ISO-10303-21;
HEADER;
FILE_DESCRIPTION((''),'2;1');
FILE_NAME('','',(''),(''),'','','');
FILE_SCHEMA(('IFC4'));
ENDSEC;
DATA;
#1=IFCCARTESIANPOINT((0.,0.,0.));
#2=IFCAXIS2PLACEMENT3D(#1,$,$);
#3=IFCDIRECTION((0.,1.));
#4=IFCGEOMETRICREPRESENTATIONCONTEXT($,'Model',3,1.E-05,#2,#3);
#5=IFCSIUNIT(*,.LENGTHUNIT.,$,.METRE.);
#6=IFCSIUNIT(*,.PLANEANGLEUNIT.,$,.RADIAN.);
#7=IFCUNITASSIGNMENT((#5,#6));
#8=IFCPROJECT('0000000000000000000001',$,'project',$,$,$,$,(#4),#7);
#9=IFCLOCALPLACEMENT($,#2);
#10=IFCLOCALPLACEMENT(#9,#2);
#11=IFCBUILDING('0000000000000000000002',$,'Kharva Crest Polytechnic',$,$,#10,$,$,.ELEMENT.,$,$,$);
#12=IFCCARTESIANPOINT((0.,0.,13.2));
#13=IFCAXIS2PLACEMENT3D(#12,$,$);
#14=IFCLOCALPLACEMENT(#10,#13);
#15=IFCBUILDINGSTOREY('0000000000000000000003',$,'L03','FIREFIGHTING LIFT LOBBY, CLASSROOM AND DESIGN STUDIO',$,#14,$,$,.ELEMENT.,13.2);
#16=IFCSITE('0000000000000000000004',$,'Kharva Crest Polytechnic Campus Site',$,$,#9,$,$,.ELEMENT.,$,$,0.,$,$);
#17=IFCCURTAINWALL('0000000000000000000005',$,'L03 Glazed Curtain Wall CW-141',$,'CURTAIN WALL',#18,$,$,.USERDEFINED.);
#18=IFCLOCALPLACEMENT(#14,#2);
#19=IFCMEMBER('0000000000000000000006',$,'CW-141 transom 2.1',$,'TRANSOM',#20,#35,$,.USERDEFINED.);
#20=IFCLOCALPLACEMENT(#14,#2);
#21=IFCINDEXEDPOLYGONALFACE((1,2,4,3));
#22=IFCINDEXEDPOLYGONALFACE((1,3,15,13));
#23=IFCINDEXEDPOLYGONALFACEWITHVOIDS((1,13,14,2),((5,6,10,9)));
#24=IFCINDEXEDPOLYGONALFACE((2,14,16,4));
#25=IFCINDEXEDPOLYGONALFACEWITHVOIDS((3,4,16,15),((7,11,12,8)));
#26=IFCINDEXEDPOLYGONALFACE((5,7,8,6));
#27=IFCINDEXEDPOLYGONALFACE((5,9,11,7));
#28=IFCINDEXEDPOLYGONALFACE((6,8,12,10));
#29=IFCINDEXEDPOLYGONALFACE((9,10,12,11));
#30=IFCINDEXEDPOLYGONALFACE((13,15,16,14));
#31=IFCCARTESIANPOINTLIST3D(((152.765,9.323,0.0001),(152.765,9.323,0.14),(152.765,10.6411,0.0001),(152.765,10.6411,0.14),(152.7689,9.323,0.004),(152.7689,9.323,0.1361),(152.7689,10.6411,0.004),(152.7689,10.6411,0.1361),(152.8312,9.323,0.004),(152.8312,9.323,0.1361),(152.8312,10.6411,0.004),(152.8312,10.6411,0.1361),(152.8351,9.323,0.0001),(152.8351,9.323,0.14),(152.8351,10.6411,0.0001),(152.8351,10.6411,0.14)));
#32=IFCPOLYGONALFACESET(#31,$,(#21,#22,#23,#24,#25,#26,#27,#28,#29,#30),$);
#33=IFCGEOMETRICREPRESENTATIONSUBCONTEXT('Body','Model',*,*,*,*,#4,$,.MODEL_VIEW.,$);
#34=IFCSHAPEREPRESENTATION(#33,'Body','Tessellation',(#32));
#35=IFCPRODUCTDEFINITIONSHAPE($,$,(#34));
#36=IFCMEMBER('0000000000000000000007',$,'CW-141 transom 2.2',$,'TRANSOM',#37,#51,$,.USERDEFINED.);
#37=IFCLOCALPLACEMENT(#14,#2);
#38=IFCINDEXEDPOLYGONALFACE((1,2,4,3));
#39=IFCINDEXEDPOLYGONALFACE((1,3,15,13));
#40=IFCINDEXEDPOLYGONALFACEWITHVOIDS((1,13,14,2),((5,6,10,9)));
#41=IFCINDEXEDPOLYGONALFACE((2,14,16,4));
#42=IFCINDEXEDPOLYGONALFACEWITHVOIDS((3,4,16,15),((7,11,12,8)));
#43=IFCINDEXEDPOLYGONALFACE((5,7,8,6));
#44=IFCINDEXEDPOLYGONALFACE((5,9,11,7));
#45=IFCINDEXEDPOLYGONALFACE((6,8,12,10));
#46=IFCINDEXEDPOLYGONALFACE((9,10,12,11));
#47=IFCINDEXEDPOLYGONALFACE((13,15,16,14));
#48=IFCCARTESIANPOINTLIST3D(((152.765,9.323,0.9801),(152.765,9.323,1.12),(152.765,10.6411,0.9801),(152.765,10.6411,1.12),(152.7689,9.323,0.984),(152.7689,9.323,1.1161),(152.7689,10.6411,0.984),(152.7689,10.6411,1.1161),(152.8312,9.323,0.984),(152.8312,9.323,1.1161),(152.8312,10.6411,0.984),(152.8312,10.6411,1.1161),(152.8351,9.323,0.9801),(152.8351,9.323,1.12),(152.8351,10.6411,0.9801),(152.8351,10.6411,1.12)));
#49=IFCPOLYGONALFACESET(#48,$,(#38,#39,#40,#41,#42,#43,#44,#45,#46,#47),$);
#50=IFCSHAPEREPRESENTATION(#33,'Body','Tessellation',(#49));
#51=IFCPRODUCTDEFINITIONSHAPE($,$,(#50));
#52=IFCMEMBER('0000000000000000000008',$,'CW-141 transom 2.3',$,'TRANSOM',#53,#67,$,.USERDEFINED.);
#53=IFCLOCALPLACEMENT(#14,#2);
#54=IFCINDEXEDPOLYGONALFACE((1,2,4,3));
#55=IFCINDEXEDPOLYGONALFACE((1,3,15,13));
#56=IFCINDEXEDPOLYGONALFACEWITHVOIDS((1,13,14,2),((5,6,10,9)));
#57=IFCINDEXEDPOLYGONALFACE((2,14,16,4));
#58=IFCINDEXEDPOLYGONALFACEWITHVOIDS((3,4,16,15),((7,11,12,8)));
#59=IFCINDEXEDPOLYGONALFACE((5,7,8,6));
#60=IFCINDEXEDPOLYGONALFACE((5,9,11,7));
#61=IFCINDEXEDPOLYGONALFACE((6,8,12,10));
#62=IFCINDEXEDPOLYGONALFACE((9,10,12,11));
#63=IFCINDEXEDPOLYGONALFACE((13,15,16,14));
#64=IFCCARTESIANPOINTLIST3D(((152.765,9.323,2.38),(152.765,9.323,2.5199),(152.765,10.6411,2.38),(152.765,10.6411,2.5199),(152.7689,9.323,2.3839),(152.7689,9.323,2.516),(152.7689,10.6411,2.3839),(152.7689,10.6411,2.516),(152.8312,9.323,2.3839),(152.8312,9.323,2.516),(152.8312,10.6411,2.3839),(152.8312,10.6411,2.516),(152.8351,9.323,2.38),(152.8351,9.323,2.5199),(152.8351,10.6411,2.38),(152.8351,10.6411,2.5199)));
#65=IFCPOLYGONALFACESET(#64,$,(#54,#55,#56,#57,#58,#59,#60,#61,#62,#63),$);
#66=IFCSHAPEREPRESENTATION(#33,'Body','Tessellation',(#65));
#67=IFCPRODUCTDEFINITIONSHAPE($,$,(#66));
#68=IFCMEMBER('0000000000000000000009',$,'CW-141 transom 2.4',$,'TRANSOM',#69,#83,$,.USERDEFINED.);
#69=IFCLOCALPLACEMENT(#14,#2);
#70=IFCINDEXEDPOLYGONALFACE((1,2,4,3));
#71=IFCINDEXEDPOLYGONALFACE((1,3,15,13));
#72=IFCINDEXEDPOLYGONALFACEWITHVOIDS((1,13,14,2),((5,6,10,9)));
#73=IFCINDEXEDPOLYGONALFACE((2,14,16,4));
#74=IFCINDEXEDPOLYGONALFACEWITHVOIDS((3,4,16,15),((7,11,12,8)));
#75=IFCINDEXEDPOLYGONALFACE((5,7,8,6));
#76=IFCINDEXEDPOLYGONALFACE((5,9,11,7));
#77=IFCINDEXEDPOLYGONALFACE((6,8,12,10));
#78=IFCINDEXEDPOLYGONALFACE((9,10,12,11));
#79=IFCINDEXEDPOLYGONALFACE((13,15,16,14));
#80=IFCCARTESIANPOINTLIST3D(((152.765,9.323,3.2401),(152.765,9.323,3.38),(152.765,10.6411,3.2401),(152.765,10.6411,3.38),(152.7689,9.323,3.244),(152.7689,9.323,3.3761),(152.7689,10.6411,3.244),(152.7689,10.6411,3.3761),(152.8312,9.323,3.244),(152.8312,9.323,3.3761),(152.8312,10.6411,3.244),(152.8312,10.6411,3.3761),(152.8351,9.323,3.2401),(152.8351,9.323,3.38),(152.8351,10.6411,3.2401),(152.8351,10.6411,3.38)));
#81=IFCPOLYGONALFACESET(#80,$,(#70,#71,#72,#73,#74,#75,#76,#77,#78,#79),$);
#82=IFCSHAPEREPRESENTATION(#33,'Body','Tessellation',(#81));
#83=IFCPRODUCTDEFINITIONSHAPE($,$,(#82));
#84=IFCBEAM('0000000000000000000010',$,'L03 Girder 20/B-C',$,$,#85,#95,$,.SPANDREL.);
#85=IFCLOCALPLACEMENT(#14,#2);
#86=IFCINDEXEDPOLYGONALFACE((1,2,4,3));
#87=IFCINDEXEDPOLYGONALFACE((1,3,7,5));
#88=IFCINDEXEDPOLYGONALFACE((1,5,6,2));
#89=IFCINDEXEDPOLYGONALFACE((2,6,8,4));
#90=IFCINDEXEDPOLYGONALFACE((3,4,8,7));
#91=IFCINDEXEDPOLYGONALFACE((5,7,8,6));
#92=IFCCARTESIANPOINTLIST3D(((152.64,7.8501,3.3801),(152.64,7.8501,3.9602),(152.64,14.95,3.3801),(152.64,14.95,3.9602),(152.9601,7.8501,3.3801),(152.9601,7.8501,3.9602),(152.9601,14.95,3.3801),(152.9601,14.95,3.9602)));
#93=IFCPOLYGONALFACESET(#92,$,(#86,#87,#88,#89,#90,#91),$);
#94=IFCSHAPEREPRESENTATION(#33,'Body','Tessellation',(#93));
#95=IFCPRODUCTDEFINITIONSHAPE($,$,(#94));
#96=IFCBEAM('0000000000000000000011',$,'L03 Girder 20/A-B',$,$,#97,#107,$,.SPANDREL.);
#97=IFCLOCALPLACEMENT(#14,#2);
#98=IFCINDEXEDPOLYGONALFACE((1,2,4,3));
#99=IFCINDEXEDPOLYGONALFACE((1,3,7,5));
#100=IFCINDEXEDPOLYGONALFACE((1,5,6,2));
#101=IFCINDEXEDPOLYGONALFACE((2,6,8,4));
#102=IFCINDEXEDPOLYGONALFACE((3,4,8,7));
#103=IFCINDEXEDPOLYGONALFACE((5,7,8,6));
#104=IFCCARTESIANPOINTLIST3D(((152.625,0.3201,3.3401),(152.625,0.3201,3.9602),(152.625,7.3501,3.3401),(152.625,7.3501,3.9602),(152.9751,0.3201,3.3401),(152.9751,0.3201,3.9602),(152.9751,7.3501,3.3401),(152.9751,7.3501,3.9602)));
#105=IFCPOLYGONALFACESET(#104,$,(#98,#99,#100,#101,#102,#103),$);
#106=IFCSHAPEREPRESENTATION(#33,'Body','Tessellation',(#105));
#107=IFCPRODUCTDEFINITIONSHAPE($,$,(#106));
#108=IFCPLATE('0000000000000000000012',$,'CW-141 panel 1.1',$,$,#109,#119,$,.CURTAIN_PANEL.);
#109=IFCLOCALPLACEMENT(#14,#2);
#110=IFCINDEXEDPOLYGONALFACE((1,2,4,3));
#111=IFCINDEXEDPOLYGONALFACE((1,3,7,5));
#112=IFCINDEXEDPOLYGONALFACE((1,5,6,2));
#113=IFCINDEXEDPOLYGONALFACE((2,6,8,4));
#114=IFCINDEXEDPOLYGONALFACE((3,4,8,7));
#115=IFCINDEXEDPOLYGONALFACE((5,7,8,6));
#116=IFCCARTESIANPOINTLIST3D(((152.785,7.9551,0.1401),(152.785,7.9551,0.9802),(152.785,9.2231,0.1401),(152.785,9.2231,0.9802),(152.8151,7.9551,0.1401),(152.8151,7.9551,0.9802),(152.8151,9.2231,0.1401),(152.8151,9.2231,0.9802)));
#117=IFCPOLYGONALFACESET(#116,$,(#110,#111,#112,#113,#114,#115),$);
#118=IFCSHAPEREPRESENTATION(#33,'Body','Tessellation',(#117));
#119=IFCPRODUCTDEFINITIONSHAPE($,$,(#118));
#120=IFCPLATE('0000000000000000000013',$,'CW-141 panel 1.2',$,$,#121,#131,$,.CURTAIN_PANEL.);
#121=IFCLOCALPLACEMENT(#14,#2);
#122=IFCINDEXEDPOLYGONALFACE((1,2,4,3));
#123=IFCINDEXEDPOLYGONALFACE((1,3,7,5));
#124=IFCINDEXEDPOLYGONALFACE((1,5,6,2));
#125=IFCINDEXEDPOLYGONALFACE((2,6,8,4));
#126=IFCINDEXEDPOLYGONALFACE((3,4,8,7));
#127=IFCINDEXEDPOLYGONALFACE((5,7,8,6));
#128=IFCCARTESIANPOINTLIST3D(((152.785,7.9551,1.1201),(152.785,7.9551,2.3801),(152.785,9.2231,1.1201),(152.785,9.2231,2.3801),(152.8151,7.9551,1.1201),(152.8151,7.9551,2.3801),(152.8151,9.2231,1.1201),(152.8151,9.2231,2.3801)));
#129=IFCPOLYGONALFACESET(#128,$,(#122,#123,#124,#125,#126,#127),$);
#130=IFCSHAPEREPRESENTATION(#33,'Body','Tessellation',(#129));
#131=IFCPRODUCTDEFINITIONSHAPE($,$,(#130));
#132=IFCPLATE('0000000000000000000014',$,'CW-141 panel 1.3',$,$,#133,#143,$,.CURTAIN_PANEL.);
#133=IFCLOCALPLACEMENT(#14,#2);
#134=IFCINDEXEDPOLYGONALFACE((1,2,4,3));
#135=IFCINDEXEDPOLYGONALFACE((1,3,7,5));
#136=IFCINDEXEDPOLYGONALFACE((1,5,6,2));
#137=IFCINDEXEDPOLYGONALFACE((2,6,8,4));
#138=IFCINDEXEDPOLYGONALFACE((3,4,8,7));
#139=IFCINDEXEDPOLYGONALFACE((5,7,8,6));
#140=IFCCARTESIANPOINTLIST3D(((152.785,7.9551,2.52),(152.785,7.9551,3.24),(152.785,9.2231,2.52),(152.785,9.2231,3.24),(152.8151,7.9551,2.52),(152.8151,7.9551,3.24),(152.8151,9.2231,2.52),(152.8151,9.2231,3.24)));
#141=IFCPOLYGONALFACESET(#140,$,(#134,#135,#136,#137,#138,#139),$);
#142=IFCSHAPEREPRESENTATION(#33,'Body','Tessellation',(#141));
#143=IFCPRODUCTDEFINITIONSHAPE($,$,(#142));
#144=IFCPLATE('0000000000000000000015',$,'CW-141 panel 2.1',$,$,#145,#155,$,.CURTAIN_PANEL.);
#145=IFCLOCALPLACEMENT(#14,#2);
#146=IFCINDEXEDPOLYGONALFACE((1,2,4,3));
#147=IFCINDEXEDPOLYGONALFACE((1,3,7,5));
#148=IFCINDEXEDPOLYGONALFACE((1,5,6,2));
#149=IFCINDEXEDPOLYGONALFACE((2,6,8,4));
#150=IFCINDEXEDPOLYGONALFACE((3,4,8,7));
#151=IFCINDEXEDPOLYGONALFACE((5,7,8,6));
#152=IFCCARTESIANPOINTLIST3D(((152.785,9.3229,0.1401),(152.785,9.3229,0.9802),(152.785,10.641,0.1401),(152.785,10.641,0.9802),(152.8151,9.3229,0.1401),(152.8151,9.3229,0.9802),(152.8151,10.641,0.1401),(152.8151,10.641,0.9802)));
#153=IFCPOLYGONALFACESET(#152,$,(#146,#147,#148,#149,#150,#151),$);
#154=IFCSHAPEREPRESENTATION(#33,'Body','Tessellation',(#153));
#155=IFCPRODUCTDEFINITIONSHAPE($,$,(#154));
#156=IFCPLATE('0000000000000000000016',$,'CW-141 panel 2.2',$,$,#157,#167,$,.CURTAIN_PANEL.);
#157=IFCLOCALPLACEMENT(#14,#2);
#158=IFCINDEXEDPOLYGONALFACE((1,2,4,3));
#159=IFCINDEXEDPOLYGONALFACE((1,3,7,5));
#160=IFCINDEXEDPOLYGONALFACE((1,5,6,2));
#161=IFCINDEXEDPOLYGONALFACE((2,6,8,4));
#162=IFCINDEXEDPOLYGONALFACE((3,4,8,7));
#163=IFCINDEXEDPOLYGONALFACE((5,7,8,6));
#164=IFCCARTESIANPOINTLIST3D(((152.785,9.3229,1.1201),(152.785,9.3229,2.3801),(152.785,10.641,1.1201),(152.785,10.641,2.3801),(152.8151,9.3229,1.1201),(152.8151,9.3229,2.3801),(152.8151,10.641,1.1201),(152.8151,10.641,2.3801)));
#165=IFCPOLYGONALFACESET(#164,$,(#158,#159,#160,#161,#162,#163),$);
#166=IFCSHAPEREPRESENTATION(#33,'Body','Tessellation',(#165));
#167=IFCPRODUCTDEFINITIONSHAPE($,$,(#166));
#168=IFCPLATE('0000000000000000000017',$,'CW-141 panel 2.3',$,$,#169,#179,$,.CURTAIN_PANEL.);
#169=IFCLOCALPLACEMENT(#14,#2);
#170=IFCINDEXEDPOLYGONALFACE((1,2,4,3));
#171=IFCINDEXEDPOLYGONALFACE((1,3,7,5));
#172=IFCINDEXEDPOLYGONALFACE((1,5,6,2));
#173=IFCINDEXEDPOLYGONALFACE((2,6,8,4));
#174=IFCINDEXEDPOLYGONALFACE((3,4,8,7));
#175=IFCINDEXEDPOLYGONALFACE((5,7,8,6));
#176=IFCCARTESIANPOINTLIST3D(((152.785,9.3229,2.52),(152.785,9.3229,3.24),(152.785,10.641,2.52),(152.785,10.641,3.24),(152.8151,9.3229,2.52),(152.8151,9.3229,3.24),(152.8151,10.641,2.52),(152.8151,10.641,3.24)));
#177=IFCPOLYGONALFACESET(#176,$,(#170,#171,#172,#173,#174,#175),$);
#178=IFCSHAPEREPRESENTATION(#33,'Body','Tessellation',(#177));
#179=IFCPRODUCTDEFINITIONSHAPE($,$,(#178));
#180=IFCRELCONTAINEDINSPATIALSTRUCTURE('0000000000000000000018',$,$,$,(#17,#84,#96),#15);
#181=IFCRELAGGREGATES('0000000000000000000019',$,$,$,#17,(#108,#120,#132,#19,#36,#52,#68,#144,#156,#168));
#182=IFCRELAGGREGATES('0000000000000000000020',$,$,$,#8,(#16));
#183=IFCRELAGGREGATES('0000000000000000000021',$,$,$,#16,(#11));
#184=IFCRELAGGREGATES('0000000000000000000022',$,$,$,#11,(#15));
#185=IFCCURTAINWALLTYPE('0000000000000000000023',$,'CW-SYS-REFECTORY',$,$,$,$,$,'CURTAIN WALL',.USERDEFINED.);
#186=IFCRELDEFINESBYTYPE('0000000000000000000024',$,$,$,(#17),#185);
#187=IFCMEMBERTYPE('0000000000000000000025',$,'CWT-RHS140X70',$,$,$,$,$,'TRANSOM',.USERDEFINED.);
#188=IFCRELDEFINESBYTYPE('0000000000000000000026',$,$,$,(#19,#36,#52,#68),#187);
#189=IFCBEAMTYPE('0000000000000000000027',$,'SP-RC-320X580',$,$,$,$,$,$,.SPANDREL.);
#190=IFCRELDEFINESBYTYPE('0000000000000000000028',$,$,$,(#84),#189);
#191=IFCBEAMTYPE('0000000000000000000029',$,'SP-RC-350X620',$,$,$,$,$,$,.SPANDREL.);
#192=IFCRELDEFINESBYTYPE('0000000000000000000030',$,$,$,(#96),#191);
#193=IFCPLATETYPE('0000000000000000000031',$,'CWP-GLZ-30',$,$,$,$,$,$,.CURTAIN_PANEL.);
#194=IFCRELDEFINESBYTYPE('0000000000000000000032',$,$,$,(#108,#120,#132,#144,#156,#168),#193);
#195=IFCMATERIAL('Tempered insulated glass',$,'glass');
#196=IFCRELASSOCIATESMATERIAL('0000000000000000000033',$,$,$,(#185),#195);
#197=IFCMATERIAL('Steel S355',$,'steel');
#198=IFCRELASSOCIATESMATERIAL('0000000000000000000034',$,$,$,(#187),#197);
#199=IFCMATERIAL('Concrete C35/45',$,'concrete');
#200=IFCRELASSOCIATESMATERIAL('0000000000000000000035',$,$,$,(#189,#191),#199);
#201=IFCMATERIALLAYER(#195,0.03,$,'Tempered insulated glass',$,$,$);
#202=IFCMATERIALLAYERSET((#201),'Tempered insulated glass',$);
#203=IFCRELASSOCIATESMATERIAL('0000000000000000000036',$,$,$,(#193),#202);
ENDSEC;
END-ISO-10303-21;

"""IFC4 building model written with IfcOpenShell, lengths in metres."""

from ifc_helpers import new_model, si_unit, direction, frame, origin, origin_2d, place, context, subcontext, project, spatial, rectangle, hollow_rectangle, extrude, material, layer, layer_set, material_profile, profile_set, type_object, element, aggregate, save


model = new_model("IFC4")

# Units and contexts
model_context = context("Model", 3, precision=1e-05, world=origin(), true_north=direction((0.0, 1.0)))
body_context = subcontext(model_context, "Body", "Model", "MODEL_VIEW")
ifc_project = project(units=[si_unit("LENGTHUNIT", "METRE"), si_unit("PLANEANGLEUNIT", "RADIAN")], contexts=[model_context])

# Site, building, storey
site_placement = place(None, origin())
site = spatial("IfcSite", under=ifc_project, at=site_placement, Name="Kharva Crest Polytechnic Campus Site", CompositionType="ELEMENT", RefElevation=0.0)
building_placement = place(site_placement, origin())
building = spatial("IfcBuilding", under=site, at=building_placement, Name="Kharva Crest Polytechnic", CompositionType="ELEMENT")
storey_placement = place(building_placement, frame((0.0, 0.0, 13.2)))
storey = spatial("IfcBuildingStorey", under=building, at=storey_placement, Name="L03", Description="FIREFIGHTING LIFT LOBBY, CLASSROOM AND DESIGN STUDIO", CompositionType="ELEMENT", Elevation=13.2)

# Curtain wall, members
ifc_material_1 = material(Name="Tempered insulated glass", Category="glass")
curtain_wall_type = type_object("IfcCurtainWallType", Name="CW-SYS-REFECTORY", ElementType="CURTAIN WALL", PredefinedType="USERDEFINED", material=ifc_material_1)
curtain_wall_placement = place(storey_placement, origin())
curtain_wall = element("IfcCurtainWall", 1, at=curtain_wall_placement, inside=storey, type_object=curtain_wall_type, Name="L03 Glazed Curtain Wall CW-141", ObjectType="CURTAIN WALL", PredefinedType="USERDEFINED")
ifc_material_2 = material(Name="Steel S355", Category="steel")
ifc_material_profile_1 = material_profile(ifc_material_2, hollow_rectangle(XDim=0.0701, YDim=0.1399, WallThickness=0.0039, at=origin_2d()), Name="RHS 140X70X4.0")
ifc_profile_set_1 = profile_set([ifc_material_profile_1], Name="Steel S355")
member_type_1 = type_object("IfcMemberType", Name="CWT-RHS140X70", ElementType="TRANSOM", PredefinedType="USERDEFINED", material=ifc_profile_set_1)
member_1_placement = place(storey_placement, frame((152.8, 9.323, 0.0701), z_axis=(0.0, 1.0, 0.0), x_axis=(-1.0, 0.0, 0.0)))
member_1 = element("IfcMember", 2, at=member_1_placement, type_object=member_type_1, Name="CW-141 transom 2.1", ObjectType="TRANSOM", PredefinedType="USERDEFINED", context=body_context, shape_type="SweptSolid", body=[
    extrude(hollow_rectangle(XDim=0.0701, YDim=0.1399, WallThickness=0.0039, at=origin_2d()), origin(), (0.0, 0.0, 1.0), 1.3181),
])
member_2_placement = place(storey_placement, frame((152.8, 9.323, 1.05), z_axis=(0.0, 1.0, 0.0), x_axis=(-1.0, 0.0, 0.0)))
member_2 = element("IfcMember", 3, at=member_2_placement, type_object=member_type_1, Name="CW-141 transom 2.2", ObjectType="TRANSOM", PredefinedType="USERDEFINED", context=body_context, shape_type="SweptSolid", body=[
    extrude(hollow_rectangle(XDim=0.0701, YDim=0.1399, WallThickness=0.0039, at=origin_2d()), origin(), (0.0, 0.0, 1.0), 1.3181),
])
member_3_placement = place(storey_placement, frame((152.8, 9.323, 2.45), z_axis=(0.0, 1.0, 0.0), x_axis=(-1.0, 0.0, 0.0)))
member_3 = element("IfcMember", 4, at=member_3_placement, type_object=member_type_1, Name="CW-141 transom 2.3", ObjectType="TRANSOM", PredefinedType="USERDEFINED", context=body_context, shape_type="SweptSolid", body=[
    extrude(hollow_rectangle(XDim=0.0701, YDim=0.1399, WallThickness=0.0039, at=origin_2d()), origin(), (0.0, 0.0, 1.0), 1.3181),
])
member_4_placement = place(storey_placement, frame((152.8, 9.323, 3.3101), z_axis=(0.0, 1.0, 0.0), x_axis=(-1.0, 0.0, 0.0)))
member_4 = element("IfcMember", 5, at=member_4_placement, type_object=member_type_1, Name="CW-141 transom 2.4", ObjectType="TRANSOM", PredefinedType="USERDEFINED", context=body_context, shape_type="SweptSolid", body=[
    extrude(hollow_rectangle(XDim=0.0701, YDim=0.1399, WallThickness=0.0039, at=origin_2d()), origin(), (0.0, 0.0, 1.0), 1.3181),
])

# Beams
ifc_material_3 = material(Name="Concrete C35/45", Category="concrete")
ifc_material_profile_2 = material_profile(ifc_material_3, rectangle(XDim=0.3201, YDim=0.5801, at=origin_2d()), Name="RECT 320 X 580")
ifc_profile_set_2 = profile_set([ifc_material_profile_2], Name="Concrete C35/45")
beam_type_1 = type_object("IfcBeamType", Name="SP-RC-320X580", PredefinedType="SPANDREL", material=ifc_profile_set_2)
beam_1_placement = place(storey_placement, frame((152.8, 7.8501, 3.6702), z_axis=(0.0, 1.0, 0.0), x_axis=(-1.0, 0.0, 0.0)))
element("IfcBeam", 6, at=beam_1_placement, inside=storey, type_object=beam_type_1, Name="L03 Girder 20/B-C", PredefinedType="SPANDREL", context=body_context, shape_type="SweptSolid", body=[
    extrude(rectangle(XDim=0.3201, YDim=0.5801, at=origin_2d()), origin(), (0.0, 0.0, 1.0), 7.0999),
])
ifc_material_profile_3 = material_profile(ifc_material_3, rectangle(XDim=0.3501, YDim=0.6201, at=origin_2d()), Name="RECT 350 X 620")
ifc_profile_set_3 = profile_set([ifc_material_profile_3], Name="Concrete C35/45")
beam_type_2 = type_object("IfcBeamType", Name="SP-RC-350X620", PredefinedType="SPANDREL", material=ifc_profile_set_3)
beam_2_placement = place(storey_placement, frame((152.8, 0.3201, 3.6501), z_axis=(0.0, 1.0, 0.0), x_axis=(-1.0, 0.0, 0.0)))
element("IfcBeam", 7, at=beam_2_placement, inside=storey, type_object=beam_type_2, Name="L03 Girder 20/A-B", PredefinedType="SPANDREL", context=body_context, shape_type="SweptSolid", body=[
    extrude(rectangle(XDim=0.3501, YDim=0.6201, at=origin_2d()), origin(), (0.0, 0.0, 1.0), 7.03),
])

# Plates
ifc_layer_1 = layer(ifc_material_1, 0.03, Name="Tempered insulated glass")
ifc_layer_set_1 = layer_set([ifc_layer_1], Name="Tempered insulated glass")
plate_type = type_object("IfcPlateType", Name="CWP-GLZ-30", PredefinedType="CURTAIN_PANEL", material=ifc_layer_set_1)
plate_1_placement = place(storey_placement, frame((152.8, 8.5891, 0.1401), z_axis=(0.0, 0.0, 1.0), x_axis=(0.0, 1.0, 0.0)))
plate_1 = element("IfcPlate", 8, at=plate_1_placement, type_object=plate_type, Name="CW-141 panel 1.1", PredefinedType="CURTAIN_PANEL", context=body_context, shape_type="SweptSolid", body=[
    extrude(rectangle(XDim=1.2681, YDim=0.03, at=origin_2d()), origin(), (0.0, 0.0, 1.0), 0.8401),
])
plate_2_placement = place(storey_placement, frame((152.8, 8.5891, 1.1201), z_axis=(0.0, 0.0, 1.0), x_axis=(0.0, 1.0, 0.0)))
plate_2 = element("IfcPlate", 9, at=plate_2_placement, type_object=plate_type, Name="CW-141 panel 1.2", PredefinedType="CURTAIN_PANEL", context=body_context, shape_type="SweptSolid", body=[
    extrude(rectangle(XDim=1.2681, YDim=0.03, at=origin_2d()), origin(), (0.0, 0.0, 1.0), 1.26),
])
plate_3_placement = place(storey_placement, frame((152.8, 8.5891, 2.52), z_axis=(0.0, 0.0, 1.0), x_axis=(0.0, 1.0, 0.0)))
plate_3 = element("IfcPlate", 10, at=plate_3_placement, type_object=plate_type, Name="CW-141 panel 1.3", PredefinedType="CURTAIN_PANEL", context=body_context, shape_type="SweptSolid", body=[
    extrude(rectangle(XDim=1.2681, YDim=0.03, at=origin_2d()), origin(), (0.0, 0.0, 1.0), 0.72),
])
plate_4_placement = place(storey_placement, frame((152.8, 9.9819, 0.1401), z_axis=(0.0, 0.0, 1.0), x_axis=(0.0, 1.0, 0.0)))
plate_4 = element("IfcPlate", 11, at=plate_4_placement, type_object=plate_type, Name="CW-141 panel 2.1", PredefinedType="CURTAIN_PANEL", context=body_context, shape_type="SweptSolid", body=[
    extrude(rectangle(XDim=1.3181, YDim=0.03, at=origin_2d()), origin(), (0.0, 0.0, 1.0), 0.8401),
])
plate_5_placement = place(storey_placement, frame((152.8, 9.9819, 1.1201), z_axis=(0.0, 0.0, 1.0), x_axis=(0.0, 1.0, 0.0)))
plate_5 = element("IfcPlate", 12, at=plate_5_placement, type_object=plate_type, Name="CW-141 panel 2.2", PredefinedType="CURTAIN_PANEL", context=body_context, shape_type="SweptSolid", body=[
    extrude(rectangle(XDim=1.3181, YDim=0.03, at=origin_2d()), origin(), (0.0, 0.0, 1.0), 1.26),
])
plate_6_placement = place(storey_placement, frame((152.8, 9.9819, 2.52), z_axis=(0.0, 0.0, 1.0), x_axis=(0.0, 1.0, 0.0)))
plate_6 = element("IfcPlate", 13, at=plate_6_placement, type_object=plate_type, Name="CW-141 panel 2.3", PredefinedType="CURTAIN_PANEL", context=body_context, shape_type="SweptSolid", body=[
    extrude(rectangle(XDim=1.3181, YDim=0.03, at=origin_2d()), origin(), (0.0, 0.0, 1.0), 0.72),
])
aggregate(curtain_wall, [plate_1, plate_2, plate_3, member_1, member_2, member_3, member_4, plate_4, plate_5, plate_6])

save(model, "model.ifc")
